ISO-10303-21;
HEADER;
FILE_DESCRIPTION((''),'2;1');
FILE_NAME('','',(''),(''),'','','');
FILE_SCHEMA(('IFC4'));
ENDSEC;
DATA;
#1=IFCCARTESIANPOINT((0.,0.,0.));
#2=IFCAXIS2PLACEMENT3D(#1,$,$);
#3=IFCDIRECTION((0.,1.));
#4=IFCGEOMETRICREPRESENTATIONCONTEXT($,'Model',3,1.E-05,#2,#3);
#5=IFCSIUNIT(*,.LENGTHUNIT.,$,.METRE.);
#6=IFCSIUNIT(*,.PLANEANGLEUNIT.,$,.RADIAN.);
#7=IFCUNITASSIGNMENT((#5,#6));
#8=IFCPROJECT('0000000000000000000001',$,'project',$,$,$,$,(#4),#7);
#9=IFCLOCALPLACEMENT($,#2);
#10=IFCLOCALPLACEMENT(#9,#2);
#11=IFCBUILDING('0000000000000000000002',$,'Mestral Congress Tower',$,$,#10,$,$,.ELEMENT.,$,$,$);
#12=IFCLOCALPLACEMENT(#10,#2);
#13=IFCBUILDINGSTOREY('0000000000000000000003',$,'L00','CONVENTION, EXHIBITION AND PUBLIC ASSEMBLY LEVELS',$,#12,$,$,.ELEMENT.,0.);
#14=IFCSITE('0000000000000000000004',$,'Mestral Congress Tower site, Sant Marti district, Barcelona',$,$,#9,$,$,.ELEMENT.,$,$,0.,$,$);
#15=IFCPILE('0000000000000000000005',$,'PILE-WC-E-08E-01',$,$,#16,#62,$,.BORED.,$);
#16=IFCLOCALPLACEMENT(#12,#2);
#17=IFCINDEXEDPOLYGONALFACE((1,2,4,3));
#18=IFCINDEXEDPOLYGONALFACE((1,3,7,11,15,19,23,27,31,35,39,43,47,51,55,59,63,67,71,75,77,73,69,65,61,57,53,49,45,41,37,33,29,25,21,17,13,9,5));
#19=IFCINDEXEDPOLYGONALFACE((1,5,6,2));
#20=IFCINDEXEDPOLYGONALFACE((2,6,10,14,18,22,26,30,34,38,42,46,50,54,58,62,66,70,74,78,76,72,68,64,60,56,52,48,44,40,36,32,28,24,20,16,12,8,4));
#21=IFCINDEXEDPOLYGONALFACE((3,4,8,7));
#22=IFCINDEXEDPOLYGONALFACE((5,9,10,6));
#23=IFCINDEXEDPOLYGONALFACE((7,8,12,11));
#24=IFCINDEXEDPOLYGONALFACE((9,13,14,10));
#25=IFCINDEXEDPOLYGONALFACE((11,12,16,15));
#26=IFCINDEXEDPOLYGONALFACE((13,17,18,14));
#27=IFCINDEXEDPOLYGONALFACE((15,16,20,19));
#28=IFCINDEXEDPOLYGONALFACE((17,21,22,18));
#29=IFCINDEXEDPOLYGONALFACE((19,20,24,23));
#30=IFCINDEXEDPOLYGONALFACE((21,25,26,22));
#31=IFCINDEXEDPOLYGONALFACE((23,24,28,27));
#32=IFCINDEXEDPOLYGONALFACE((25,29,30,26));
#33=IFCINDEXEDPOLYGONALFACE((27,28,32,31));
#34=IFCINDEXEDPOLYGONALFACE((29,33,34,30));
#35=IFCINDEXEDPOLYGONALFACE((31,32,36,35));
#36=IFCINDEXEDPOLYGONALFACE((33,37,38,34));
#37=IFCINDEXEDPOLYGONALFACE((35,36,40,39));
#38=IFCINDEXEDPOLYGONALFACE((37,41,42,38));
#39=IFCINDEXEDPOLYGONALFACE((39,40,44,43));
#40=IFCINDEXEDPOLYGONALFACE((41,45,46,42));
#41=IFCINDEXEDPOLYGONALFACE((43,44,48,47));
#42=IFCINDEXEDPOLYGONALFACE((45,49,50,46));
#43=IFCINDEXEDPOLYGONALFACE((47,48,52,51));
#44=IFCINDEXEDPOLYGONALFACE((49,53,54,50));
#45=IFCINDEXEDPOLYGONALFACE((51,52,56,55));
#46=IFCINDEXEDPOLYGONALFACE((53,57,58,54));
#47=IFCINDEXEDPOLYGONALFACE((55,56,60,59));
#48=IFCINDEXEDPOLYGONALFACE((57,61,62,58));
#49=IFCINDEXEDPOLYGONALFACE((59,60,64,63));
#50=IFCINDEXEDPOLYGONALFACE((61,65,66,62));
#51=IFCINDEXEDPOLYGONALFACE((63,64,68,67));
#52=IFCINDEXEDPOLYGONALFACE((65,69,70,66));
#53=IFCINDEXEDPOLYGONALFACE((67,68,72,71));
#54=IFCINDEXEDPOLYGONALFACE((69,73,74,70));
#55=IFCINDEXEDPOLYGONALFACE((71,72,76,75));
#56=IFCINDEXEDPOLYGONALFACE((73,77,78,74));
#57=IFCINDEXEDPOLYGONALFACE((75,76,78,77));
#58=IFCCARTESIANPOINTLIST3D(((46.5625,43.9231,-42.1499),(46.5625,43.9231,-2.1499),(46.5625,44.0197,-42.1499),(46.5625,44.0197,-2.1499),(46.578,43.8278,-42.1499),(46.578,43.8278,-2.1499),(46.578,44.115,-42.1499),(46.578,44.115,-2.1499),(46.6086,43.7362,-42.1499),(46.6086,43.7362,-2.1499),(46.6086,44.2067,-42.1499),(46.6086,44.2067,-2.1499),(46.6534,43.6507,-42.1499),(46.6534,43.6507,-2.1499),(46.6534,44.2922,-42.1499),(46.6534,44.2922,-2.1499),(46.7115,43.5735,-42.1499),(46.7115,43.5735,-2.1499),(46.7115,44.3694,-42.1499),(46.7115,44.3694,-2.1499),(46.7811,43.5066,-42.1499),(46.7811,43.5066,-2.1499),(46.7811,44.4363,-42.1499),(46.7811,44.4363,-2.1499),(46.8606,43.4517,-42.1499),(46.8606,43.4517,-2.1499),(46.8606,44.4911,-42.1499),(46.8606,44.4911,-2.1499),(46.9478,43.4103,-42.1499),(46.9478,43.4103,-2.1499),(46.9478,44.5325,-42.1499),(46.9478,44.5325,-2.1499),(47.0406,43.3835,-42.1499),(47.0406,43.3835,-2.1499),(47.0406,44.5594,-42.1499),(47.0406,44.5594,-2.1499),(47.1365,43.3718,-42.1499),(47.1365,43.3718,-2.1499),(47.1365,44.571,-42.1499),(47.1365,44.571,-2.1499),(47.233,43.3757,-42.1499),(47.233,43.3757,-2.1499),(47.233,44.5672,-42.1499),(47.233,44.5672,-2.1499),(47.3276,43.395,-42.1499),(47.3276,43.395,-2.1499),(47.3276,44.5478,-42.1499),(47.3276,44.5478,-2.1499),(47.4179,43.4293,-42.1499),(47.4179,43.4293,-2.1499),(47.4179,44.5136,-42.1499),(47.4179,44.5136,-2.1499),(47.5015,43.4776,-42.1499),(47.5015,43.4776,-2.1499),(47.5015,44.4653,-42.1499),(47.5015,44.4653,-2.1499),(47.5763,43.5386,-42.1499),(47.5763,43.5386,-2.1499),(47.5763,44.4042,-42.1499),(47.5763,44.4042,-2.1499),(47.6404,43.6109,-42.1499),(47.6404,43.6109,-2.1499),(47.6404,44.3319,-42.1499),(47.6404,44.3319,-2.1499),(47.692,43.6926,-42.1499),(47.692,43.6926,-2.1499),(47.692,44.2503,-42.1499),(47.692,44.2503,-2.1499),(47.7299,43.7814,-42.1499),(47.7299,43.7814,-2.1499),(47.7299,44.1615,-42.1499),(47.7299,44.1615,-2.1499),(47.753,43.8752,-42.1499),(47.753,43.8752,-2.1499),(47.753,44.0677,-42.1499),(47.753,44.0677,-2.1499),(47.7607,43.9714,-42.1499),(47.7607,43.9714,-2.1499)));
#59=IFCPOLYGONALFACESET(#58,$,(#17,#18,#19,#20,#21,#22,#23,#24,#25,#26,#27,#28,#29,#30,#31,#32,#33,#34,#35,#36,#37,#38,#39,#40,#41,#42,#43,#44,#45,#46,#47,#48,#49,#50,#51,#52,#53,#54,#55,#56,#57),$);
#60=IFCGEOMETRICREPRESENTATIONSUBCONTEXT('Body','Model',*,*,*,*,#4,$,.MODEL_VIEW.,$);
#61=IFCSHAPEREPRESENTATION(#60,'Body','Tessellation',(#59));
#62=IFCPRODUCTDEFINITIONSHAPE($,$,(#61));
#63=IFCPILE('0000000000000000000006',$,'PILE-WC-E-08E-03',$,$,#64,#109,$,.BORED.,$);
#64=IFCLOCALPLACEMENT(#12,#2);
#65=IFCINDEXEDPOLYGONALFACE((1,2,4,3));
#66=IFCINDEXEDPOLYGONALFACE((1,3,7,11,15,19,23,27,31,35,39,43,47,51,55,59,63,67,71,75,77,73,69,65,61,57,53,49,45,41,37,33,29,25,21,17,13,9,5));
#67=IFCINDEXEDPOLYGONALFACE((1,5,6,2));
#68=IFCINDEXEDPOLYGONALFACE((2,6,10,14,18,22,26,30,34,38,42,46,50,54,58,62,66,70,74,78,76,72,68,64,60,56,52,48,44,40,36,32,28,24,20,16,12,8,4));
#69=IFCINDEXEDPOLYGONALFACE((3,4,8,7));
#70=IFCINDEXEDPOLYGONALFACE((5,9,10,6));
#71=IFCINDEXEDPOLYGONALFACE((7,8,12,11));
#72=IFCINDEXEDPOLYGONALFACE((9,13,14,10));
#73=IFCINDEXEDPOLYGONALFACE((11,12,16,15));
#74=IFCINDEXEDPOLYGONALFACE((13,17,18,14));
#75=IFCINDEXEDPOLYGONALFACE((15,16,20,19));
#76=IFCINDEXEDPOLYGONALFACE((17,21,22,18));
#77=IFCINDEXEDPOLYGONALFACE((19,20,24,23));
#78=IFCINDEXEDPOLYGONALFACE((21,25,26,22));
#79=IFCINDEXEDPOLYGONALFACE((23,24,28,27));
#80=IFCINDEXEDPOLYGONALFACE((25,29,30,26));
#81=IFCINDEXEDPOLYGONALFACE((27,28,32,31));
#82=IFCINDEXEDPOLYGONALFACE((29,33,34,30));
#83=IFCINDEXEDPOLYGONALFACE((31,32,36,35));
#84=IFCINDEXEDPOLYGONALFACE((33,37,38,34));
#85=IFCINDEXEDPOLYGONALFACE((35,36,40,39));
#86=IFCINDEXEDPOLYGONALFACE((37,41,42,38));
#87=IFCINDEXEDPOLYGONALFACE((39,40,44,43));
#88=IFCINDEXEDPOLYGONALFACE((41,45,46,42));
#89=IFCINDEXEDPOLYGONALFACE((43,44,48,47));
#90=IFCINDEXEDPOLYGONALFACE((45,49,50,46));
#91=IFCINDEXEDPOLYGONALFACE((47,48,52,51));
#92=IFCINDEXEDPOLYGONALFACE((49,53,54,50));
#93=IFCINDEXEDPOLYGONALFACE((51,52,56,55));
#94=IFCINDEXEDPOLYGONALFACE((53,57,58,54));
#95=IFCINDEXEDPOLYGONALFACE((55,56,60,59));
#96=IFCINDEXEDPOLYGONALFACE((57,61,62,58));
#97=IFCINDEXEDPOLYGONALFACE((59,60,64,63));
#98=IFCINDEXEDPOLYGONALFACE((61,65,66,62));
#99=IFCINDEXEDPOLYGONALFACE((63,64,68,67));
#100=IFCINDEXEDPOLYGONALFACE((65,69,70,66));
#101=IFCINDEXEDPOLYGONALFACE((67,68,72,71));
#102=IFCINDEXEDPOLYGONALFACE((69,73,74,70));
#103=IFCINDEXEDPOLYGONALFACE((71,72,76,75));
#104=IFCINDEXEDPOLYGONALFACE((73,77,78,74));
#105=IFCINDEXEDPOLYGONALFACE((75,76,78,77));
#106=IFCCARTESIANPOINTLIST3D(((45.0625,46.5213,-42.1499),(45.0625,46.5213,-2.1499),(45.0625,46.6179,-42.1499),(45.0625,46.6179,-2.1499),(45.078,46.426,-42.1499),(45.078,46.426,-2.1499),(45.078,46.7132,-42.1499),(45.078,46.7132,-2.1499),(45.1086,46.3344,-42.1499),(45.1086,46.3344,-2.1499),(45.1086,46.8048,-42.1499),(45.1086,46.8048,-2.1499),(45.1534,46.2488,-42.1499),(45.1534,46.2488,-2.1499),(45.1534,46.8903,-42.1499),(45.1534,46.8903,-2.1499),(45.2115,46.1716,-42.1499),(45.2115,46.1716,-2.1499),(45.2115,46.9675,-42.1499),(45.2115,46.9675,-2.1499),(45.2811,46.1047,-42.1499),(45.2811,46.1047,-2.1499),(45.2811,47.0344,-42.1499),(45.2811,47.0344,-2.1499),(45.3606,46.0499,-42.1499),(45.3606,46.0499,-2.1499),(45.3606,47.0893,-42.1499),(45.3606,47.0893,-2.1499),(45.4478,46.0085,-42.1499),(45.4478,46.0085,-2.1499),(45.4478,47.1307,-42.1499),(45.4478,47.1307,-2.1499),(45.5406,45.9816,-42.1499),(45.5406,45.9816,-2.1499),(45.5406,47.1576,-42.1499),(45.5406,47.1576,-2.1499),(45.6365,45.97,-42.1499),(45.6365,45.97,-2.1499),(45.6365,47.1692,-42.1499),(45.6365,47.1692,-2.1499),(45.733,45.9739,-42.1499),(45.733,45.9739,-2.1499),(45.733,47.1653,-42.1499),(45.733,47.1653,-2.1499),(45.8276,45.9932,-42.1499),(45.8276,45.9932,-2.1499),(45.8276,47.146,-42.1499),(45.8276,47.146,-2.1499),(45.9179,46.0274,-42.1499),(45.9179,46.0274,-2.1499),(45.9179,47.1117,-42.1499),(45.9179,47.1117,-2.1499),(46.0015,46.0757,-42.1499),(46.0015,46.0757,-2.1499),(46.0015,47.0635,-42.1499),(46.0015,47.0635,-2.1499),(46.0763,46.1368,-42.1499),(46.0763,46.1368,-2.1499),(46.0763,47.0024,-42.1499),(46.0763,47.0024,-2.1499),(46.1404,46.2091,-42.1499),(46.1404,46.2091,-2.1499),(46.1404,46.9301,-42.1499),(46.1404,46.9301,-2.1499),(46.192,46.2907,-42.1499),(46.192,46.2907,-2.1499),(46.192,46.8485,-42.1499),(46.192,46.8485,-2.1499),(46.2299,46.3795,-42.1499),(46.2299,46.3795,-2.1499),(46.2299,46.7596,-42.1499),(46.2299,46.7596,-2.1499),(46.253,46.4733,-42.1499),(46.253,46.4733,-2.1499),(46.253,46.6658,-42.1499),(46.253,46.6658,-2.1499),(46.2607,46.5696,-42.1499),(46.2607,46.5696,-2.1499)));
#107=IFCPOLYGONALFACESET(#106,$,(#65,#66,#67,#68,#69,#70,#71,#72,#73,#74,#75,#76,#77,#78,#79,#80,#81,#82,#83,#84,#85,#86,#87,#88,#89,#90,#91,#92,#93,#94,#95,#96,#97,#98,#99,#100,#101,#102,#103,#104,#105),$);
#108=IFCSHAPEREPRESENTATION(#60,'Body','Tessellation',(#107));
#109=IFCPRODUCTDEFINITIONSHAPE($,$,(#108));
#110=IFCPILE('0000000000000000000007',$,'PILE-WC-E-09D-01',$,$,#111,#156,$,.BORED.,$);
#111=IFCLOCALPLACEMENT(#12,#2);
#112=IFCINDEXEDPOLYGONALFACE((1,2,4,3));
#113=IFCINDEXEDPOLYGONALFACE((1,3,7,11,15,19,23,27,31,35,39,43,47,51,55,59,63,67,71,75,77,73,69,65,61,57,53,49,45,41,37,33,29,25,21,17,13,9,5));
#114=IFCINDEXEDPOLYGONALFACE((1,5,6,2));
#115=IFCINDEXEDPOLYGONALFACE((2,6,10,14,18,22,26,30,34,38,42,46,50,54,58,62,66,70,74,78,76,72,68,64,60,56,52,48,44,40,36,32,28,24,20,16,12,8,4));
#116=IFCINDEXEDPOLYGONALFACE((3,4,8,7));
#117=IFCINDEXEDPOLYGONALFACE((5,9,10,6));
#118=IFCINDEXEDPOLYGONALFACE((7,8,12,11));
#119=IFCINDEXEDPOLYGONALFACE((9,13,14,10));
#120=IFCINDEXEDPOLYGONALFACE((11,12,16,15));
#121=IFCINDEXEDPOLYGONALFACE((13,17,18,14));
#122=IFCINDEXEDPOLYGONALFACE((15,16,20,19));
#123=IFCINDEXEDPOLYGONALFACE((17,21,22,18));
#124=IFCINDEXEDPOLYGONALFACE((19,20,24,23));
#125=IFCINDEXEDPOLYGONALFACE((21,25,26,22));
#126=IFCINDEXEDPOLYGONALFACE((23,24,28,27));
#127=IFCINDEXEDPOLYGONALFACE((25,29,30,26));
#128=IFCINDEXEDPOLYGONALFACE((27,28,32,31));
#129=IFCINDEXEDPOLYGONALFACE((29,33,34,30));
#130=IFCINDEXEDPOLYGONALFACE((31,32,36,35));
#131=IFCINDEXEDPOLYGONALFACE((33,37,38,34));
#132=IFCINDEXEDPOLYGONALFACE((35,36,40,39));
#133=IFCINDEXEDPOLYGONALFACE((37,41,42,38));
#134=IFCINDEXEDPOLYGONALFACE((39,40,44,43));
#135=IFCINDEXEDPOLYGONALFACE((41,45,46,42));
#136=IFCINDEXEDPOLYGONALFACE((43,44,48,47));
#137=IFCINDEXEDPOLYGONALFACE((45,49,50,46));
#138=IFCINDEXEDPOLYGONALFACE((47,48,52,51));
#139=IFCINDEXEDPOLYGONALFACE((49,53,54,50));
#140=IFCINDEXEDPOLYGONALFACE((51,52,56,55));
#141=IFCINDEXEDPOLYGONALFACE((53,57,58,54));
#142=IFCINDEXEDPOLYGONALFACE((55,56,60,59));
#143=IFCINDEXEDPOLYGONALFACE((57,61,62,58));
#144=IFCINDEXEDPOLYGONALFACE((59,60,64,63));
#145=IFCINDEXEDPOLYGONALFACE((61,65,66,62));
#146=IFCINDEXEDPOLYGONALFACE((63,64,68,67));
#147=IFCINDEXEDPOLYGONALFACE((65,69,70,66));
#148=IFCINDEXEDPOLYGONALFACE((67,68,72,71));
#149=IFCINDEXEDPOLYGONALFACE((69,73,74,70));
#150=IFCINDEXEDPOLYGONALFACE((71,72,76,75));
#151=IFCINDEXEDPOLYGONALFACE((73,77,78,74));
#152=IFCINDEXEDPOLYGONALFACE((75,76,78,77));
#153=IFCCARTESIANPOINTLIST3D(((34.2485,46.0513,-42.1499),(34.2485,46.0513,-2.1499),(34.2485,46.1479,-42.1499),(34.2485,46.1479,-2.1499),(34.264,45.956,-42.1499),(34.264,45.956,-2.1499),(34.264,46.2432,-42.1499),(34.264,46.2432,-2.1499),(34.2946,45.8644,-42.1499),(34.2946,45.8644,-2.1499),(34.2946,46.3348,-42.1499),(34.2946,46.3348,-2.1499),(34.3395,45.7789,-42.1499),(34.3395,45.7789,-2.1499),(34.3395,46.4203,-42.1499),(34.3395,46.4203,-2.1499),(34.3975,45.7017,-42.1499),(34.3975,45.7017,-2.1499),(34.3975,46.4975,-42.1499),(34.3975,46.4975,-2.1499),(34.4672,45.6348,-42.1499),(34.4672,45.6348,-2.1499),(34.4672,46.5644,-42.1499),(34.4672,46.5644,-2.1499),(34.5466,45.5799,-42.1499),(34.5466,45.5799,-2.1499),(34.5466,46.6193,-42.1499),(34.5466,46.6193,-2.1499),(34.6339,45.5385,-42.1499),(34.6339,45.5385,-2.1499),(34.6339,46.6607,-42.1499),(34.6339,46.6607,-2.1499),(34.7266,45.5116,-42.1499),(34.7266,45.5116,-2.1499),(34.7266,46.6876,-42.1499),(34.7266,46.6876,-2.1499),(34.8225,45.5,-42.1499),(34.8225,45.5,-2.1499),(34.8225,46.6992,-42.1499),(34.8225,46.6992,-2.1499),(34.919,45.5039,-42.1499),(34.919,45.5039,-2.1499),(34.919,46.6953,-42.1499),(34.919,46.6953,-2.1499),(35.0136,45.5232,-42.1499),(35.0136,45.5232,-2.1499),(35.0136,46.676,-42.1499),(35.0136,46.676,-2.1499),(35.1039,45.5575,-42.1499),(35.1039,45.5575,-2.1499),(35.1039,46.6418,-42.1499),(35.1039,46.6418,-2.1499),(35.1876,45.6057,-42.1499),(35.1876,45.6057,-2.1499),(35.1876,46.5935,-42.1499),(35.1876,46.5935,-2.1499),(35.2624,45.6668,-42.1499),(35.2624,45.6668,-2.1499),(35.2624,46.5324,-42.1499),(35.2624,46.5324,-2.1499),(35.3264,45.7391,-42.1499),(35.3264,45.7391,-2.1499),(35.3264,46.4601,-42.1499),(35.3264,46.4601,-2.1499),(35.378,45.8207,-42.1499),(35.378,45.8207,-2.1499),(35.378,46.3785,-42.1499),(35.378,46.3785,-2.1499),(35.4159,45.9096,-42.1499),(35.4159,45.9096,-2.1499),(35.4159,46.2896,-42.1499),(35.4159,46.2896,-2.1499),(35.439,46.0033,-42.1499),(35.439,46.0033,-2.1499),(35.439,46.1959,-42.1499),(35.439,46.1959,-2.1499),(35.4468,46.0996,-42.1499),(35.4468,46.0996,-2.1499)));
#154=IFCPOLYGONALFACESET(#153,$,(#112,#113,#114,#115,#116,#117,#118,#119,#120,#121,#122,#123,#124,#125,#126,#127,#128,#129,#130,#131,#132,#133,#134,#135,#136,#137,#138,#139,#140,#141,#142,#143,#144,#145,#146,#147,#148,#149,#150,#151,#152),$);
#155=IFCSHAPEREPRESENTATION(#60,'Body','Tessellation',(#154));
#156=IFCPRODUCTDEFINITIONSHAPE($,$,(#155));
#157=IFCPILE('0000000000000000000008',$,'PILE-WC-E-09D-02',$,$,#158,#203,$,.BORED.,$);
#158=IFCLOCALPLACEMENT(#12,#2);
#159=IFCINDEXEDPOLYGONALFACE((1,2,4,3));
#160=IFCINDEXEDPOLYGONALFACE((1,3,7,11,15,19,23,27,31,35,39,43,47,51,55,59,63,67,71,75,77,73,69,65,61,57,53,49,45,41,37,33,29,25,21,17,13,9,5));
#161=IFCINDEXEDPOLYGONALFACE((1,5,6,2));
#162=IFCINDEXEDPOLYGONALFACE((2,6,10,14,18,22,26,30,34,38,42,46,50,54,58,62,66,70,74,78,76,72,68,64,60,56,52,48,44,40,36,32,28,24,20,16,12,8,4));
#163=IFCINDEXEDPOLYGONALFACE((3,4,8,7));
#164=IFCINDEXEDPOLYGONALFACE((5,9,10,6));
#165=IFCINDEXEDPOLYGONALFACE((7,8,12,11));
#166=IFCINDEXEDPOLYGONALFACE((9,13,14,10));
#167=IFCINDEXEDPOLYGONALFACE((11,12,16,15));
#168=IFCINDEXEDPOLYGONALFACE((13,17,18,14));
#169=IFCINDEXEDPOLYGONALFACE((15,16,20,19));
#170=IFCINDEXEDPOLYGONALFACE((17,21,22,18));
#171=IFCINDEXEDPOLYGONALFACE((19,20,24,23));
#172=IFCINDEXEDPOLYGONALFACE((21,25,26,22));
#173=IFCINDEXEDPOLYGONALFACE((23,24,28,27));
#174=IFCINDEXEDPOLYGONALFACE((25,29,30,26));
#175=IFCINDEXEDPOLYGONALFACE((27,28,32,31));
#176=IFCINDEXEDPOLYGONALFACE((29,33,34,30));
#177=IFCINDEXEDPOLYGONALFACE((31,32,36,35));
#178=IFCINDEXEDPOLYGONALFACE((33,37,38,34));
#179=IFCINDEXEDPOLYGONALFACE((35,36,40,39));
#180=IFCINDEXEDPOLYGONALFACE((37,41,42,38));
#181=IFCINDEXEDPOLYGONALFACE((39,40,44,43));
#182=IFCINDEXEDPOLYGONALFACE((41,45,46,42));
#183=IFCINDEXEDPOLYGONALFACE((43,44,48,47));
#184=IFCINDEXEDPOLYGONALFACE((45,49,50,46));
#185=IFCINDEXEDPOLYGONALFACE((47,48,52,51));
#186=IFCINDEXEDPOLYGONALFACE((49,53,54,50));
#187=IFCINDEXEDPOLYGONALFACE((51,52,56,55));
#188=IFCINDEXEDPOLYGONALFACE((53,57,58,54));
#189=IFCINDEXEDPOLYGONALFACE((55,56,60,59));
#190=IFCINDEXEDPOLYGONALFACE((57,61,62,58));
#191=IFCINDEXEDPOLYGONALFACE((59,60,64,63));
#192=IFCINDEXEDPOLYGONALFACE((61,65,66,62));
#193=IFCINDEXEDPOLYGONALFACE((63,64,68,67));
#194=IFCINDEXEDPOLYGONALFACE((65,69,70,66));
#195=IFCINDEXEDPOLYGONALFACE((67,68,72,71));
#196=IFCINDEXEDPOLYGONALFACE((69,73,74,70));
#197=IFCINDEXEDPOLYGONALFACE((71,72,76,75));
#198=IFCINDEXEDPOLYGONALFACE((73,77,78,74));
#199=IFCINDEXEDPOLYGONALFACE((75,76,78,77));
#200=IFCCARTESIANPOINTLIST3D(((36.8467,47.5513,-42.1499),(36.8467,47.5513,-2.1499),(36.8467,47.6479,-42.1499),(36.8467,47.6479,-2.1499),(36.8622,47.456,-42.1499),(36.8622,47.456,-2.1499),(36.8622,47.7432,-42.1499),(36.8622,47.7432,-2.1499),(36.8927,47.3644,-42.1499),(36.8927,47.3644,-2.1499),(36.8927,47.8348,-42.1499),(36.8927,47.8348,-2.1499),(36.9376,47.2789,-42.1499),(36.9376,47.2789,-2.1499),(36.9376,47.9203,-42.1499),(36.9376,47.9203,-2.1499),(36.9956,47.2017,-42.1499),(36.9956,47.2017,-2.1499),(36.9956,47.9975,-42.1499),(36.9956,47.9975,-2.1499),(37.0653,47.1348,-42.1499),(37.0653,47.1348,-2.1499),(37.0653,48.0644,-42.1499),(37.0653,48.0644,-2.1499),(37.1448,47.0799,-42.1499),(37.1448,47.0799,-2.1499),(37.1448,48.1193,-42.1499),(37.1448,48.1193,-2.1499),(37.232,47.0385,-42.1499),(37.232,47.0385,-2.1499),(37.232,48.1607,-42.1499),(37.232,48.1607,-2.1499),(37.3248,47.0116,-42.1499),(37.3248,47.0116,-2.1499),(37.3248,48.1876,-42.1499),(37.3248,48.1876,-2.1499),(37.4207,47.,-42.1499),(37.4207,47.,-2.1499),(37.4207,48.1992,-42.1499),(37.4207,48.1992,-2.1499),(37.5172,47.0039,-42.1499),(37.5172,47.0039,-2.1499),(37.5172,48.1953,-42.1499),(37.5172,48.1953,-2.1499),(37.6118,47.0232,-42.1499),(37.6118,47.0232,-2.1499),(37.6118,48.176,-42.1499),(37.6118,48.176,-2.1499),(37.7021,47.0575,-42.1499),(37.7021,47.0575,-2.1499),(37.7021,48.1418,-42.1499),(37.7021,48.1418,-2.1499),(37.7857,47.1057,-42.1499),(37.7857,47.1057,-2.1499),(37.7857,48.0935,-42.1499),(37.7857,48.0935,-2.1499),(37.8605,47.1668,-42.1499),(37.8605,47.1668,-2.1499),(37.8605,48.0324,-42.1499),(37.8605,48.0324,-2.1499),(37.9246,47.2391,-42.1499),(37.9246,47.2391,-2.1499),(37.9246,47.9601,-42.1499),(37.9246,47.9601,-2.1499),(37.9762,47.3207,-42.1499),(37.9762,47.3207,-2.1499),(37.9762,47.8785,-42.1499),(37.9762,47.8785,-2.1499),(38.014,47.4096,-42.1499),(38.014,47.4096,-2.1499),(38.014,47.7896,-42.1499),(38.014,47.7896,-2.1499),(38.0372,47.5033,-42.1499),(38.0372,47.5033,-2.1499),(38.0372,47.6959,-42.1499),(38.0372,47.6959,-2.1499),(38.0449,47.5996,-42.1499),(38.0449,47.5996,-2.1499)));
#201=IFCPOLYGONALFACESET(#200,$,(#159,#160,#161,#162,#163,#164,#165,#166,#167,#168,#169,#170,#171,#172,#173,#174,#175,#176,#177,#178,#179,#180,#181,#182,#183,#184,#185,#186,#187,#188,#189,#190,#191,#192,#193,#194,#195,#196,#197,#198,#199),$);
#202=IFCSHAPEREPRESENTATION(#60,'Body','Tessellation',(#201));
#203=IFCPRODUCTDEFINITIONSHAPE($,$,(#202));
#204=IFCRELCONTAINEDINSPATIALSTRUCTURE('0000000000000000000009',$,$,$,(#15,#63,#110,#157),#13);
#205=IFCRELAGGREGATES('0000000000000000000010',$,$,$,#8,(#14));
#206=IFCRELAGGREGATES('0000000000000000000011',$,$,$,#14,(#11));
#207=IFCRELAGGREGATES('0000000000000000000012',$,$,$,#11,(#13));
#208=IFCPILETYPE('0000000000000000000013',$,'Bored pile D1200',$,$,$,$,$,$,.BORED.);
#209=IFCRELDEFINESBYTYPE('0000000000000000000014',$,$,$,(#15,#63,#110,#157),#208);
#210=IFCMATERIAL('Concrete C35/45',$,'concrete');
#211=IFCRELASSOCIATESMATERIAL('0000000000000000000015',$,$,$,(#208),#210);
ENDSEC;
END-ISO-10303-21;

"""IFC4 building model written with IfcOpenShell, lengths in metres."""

from ifc_helpers import new_model, si_unit, direction, frame, origin, origin_2d, place, context, subcontext, project, spatial, circle, extrude, material, material_profile, profile_set, type_object, element, save


model = new_model("IFC4")

# Units and contexts
model_context = context("Model", 3, precision=1e-05, world=origin(), true_north=direction((0.0, 1.0)))
body_context = subcontext(model_context, "Body", "Model", "MODEL_VIEW")
ifc_project = project(units=[si_unit("LENGTHUNIT", "METRE"), si_unit("PLANEANGLEUNIT", "RADIAN")], contexts=[model_context])

# Site, building, storey
site_placement = place(None, origin())
site = spatial("IfcSite", under=ifc_project, at=site_placement, Name="Mestral Congress Tower site, Sant Marti district, Barcelona", CompositionType="ELEMENT", RefElevation=0.0)
building_placement = place(site_placement, origin())
building = spatial("IfcBuilding", under=site, at=building_placement, Name="Mestral Congress Tower", CompositionType="ELEMENT")
storey_placement = place(building_placement, origin())
storey = spatial("IfcBuildingStorey", under=building, at=storey_placement, Name="L00", Description="CONVENTION, EXHIBITION AND PUBLIC ASSEMBLY LEVELS", CompositionType="ELEMENT", Elevation=0.0)

# Piles
ifc_material_1 = material(Name="Concrete C35/45", Category="concrete")
ifc_material_profile_1 = material_profile(ifc_material_1, circle(Radius=0.6001, at=origin_2d()), Name="D1200")
ifc_profile_set_1 = profile_set([ifc_material_profile_1], Name="Concrete C35/45")
pile_type = type_object("IfcPileType", Name="Bored pile D1200", PredefinedType="BORED", material=ifc_profile_set_1)
for number, where, z_axis, x_axis, name in (
    (1, (47.1606, 43.9714, -2.1499), (0.0, 0.0, -1.0), (1.0, 0.0, 0.0), "PILE-WC-E-08E-01"),
    (2, (45.6606, 46.5696, -2.1499), (0.0, 0.0, -1.0), (1.0, 0.0, 0.0), "PILE-WC-E-08E-03"),
    (3, (34.8467, 46.0996, -2.1499), (0.0, 0.0, -1.0), (1.0, 0.0, 0.0), "PILE-WC-E-09D-01"),
    (4, (37.4448, 47.5996, -2.1499), (0.0, 0.0, -1.0), (1.0, 0.0, 0.0), "PILE-WC-E-09D-02"),
):
    element("IfcPile", number, at=place(storey_placement, frame(where, z_axis=z_axis, x_axis=x_axis)), inside=storey, type_object=pile_type, Name=name, PredefinedType="BORED", context=body_context, shape_type="SweptSolid", body=[
        extrude(circle(Radius=0.6001, at=origin_2d()), origin(), (0.0, 0.0, 1.0), 40.0),
    ])

save(model, "model.ifc")
